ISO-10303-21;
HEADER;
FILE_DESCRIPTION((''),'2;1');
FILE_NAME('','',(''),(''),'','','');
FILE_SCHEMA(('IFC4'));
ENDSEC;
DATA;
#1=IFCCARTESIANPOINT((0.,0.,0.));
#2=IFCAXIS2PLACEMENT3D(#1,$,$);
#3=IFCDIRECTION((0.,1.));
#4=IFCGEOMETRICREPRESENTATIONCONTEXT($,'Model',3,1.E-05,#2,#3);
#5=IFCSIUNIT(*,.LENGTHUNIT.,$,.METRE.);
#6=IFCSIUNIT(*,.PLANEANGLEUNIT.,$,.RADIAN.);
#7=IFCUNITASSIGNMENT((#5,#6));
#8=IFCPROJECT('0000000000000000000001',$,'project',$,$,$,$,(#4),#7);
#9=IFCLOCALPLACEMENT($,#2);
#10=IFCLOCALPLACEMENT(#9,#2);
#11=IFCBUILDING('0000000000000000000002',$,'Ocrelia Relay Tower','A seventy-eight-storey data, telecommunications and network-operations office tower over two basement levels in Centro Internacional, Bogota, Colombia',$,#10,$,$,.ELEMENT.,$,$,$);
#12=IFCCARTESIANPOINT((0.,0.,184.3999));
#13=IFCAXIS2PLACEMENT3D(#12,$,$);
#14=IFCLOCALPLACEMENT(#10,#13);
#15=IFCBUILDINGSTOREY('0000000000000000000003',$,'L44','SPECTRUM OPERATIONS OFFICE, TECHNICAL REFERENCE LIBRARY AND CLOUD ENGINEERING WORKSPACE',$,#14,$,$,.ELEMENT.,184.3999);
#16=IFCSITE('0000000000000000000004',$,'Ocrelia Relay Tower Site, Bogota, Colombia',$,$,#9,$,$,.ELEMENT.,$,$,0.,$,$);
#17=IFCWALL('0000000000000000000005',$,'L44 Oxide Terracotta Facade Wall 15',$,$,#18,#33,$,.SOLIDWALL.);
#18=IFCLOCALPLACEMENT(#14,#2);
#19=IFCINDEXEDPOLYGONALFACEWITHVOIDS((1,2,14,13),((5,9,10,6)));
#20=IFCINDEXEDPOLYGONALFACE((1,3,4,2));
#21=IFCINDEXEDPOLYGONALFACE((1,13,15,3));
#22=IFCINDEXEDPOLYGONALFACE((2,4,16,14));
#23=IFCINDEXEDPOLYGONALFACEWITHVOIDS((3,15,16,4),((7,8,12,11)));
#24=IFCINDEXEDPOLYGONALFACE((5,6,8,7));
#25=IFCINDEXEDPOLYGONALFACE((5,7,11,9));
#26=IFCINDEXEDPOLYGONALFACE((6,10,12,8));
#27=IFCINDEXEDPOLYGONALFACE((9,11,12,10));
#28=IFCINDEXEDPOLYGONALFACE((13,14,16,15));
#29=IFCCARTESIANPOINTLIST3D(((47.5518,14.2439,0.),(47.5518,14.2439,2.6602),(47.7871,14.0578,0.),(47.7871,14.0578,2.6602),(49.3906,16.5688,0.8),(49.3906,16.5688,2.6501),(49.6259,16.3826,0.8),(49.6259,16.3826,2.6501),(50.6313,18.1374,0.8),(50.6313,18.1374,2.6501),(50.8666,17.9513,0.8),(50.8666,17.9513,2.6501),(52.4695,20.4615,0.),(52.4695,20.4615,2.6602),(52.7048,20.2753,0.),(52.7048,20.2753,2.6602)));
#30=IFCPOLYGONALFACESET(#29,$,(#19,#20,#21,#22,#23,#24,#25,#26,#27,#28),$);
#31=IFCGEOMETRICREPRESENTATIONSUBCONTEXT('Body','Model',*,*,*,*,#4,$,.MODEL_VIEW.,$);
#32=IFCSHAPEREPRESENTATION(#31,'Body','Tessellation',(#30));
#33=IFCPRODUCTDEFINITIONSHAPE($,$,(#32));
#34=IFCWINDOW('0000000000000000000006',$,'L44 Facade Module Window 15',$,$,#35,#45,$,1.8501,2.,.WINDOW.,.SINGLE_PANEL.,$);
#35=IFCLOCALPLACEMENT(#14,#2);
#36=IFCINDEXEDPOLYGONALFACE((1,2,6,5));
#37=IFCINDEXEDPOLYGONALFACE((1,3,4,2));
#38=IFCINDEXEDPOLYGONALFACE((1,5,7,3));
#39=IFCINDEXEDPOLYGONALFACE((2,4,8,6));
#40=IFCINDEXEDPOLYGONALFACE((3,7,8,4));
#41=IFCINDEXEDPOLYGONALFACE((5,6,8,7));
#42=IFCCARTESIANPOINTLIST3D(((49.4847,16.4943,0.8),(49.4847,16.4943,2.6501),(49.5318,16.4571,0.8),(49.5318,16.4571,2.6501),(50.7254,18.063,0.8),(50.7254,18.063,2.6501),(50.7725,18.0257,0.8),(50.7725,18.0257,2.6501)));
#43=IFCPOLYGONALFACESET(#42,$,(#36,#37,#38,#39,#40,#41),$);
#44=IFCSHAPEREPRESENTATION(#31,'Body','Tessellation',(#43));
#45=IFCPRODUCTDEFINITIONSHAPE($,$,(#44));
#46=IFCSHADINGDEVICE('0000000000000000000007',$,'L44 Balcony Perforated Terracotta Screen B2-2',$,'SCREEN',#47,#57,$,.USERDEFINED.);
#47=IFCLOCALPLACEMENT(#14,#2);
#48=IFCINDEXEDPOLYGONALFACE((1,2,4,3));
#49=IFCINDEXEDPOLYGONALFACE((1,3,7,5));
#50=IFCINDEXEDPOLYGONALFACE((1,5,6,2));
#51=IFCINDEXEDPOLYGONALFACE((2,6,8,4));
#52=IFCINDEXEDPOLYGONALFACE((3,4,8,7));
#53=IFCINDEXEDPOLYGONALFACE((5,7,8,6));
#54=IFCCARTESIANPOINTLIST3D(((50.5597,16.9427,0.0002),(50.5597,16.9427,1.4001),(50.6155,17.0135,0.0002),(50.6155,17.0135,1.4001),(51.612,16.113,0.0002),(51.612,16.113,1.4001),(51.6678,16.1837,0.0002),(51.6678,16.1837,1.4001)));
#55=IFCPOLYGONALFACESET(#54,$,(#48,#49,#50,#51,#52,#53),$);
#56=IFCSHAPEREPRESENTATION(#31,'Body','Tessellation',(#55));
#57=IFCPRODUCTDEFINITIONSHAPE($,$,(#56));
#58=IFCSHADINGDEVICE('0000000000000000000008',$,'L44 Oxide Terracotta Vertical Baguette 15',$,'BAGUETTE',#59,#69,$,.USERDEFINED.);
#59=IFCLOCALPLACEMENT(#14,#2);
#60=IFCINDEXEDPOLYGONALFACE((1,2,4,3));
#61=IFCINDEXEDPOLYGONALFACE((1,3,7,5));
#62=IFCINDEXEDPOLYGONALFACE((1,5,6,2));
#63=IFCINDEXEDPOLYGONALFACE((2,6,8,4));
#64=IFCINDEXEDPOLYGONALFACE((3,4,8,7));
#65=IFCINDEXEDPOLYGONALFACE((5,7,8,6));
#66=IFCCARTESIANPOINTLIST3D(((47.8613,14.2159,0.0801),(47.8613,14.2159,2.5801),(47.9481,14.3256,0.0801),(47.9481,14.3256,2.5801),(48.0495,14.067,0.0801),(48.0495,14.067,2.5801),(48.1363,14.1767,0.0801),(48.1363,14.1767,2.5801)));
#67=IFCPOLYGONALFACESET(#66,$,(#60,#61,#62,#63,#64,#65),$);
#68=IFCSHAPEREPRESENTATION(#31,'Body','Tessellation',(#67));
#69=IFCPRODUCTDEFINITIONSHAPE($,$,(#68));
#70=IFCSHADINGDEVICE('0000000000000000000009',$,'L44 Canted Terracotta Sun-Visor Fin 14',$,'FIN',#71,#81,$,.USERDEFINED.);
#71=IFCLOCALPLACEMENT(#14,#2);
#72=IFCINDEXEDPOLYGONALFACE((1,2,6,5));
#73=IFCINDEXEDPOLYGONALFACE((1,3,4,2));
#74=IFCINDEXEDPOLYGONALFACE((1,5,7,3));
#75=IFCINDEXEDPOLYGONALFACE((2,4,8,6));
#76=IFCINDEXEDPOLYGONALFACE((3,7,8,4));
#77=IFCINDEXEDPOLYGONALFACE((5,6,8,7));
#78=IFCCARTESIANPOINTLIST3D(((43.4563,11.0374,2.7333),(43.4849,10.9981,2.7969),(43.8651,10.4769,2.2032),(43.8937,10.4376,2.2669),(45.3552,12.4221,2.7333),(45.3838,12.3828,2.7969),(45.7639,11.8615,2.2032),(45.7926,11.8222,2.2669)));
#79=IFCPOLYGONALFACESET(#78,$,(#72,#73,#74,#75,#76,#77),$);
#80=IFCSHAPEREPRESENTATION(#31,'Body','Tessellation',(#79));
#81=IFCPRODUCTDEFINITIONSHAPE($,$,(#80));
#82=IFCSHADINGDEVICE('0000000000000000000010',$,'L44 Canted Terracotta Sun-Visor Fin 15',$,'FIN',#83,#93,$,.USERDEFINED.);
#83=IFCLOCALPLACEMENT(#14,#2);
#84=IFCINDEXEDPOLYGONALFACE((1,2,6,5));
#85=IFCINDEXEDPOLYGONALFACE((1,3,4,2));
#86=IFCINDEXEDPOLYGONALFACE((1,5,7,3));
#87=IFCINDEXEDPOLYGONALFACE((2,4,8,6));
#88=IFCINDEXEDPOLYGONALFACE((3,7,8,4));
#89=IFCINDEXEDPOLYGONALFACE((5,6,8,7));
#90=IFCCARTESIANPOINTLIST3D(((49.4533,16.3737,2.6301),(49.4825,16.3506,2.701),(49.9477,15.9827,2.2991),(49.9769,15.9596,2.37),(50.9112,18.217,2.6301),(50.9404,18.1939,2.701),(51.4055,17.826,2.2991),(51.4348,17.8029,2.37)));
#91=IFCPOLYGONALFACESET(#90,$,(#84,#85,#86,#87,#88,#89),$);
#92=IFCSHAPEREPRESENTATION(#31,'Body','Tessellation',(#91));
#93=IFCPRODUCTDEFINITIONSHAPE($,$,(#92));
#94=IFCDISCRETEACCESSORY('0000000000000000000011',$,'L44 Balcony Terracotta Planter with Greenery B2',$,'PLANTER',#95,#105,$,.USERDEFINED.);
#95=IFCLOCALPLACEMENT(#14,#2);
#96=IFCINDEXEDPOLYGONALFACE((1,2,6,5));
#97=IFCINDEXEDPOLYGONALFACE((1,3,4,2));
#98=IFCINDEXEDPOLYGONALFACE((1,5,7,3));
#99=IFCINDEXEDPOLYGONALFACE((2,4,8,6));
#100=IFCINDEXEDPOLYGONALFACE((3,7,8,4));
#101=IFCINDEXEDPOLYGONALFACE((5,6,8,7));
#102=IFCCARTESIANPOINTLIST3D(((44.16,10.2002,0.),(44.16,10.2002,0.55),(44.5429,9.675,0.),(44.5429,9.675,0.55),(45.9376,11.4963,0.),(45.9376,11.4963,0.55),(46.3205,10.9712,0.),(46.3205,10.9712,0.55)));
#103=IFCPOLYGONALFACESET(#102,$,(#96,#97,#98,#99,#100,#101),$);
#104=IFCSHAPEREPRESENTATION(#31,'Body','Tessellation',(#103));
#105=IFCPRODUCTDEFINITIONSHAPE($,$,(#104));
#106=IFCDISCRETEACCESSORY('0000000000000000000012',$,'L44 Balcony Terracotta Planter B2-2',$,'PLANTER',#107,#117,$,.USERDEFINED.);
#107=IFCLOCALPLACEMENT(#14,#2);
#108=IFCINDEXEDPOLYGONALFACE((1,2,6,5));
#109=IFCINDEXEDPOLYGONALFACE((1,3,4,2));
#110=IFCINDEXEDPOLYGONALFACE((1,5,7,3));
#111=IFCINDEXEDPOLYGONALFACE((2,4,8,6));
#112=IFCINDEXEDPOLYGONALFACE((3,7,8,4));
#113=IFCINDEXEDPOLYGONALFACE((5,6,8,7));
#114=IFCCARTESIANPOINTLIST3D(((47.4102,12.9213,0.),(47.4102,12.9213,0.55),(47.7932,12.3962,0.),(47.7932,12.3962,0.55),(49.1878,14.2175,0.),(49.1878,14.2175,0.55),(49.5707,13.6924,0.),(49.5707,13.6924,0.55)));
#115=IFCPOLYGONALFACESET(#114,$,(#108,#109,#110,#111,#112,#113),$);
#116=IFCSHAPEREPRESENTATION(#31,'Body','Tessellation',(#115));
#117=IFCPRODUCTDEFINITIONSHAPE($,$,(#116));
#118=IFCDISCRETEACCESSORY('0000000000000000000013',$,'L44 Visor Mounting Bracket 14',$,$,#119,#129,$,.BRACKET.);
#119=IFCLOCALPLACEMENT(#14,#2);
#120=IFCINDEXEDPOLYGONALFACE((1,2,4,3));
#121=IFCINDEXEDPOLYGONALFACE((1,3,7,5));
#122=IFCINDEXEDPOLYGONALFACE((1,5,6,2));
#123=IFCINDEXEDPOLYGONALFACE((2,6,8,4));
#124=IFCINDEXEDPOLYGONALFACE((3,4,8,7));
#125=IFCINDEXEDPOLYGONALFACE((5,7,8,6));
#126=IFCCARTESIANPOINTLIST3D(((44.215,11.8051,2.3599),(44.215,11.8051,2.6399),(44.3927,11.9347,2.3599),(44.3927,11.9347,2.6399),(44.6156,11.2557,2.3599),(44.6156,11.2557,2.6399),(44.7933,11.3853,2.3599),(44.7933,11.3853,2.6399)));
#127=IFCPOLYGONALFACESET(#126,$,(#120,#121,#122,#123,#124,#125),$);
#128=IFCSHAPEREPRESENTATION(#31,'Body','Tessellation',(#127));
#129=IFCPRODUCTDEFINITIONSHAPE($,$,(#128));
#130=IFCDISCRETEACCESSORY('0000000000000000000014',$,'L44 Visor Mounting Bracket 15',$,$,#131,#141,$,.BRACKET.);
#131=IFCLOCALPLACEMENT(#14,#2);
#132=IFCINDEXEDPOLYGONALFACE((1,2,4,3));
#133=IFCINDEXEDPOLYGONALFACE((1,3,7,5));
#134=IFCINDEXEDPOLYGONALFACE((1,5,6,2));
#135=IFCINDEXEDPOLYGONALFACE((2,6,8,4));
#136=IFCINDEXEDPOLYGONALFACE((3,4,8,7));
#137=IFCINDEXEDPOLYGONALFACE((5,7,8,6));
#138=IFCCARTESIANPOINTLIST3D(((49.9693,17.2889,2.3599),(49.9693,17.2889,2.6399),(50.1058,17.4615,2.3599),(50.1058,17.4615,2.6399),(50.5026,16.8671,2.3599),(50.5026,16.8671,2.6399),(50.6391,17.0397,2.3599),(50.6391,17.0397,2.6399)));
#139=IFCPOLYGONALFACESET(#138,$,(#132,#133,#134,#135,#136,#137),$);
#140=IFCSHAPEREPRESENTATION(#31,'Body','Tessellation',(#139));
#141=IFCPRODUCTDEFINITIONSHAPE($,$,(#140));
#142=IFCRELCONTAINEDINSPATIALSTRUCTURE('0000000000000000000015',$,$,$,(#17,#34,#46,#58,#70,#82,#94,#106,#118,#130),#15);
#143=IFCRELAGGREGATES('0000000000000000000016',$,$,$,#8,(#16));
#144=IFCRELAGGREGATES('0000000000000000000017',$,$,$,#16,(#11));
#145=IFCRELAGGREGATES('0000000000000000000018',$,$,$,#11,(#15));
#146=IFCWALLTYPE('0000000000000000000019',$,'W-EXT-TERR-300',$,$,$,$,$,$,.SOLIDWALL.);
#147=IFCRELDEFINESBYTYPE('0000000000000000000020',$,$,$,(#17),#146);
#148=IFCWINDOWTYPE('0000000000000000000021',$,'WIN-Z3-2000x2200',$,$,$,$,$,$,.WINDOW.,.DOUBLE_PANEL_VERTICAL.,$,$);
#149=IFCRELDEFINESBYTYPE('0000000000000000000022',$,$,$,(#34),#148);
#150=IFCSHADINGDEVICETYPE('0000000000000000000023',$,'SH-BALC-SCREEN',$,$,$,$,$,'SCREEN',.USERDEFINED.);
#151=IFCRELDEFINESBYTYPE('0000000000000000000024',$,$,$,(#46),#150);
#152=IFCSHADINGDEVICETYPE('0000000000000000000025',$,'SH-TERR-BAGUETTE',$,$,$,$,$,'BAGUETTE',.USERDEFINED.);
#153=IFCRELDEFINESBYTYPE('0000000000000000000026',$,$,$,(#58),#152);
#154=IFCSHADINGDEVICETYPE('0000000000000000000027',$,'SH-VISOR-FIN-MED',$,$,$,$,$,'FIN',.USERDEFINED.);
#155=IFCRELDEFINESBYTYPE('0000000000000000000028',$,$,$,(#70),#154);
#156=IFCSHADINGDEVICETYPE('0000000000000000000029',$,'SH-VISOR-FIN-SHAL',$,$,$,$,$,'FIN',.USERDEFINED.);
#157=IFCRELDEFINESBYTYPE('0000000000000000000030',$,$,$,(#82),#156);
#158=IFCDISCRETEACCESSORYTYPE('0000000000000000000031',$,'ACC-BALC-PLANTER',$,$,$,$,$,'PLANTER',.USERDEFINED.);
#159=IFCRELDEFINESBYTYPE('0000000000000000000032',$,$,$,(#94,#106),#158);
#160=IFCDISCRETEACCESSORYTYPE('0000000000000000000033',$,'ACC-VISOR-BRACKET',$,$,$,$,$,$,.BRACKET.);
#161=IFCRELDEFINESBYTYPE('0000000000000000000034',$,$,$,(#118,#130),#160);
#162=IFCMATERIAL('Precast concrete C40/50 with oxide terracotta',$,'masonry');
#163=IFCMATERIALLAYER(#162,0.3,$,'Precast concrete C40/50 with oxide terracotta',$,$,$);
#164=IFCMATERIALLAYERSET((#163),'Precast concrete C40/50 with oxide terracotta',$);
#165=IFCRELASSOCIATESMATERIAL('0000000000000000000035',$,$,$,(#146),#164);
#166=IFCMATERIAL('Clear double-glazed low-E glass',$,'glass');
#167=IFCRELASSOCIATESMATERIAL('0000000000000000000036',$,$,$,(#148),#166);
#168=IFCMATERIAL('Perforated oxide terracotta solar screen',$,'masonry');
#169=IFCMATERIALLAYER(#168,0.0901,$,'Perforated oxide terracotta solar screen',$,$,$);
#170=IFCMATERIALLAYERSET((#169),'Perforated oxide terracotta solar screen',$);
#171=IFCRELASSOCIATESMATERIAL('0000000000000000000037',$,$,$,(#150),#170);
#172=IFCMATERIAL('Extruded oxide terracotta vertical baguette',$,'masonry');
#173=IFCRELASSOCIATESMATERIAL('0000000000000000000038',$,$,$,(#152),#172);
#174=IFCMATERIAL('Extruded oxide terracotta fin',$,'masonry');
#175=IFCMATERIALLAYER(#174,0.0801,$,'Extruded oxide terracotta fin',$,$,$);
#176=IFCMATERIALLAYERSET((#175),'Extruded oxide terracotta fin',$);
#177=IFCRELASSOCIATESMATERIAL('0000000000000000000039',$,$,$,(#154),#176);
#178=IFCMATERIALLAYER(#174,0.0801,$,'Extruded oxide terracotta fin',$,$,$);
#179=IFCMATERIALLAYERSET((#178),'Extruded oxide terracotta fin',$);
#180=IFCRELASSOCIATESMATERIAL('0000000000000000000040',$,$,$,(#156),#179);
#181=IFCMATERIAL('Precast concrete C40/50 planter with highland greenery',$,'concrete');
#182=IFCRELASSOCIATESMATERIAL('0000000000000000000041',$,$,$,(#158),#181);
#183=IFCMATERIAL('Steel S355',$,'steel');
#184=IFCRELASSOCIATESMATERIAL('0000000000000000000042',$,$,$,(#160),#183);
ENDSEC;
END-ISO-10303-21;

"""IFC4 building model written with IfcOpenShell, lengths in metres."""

from ifc_helpers import new_model, si_unit, direction, frame, frame_2d, origin, origin_2d, place, context, subcontext, project, spatial, rectangle, extrude, material, layer, layer_set, type_object, element, fill, save


model = new_model("IFC4")

# Units and contexts
model_context = context("Model", 3, precision=1e-05, world=origin(), true_north=direction((0.0, 1.0)))
body_context = subcontext(model_context, "Body", "Model", "MODEL_VIEW")
ifc_project = project(units=[si_unit("LENGTHUNIT", "METRE"), si_unit("PLANEANGLEUNIT", "RADIAN")], contexts=[model_context])

# Site, building, storey
site_placement = place(None, origin())
site = spatial("IfcSite", under=ifc_project, at=site_placement, Name="Ocrelia Relay Tower Site, Bogota, Colombia", CompositionType="ELEMENT", RefElevation=0.0)
building_placement = place(site_placement, origin())
building = spatial("IfcBuilding", under=site, at=building_placement, Name="Ocrelia Relay Tower", Description="A seventy-eight-storey data, telecommunications and network-operations office tower over two basement levels in Centro Internacional, Bogota, Colombia", CompositionType="ELEMENT")
storey_placement = place(building_placement, frame((0.0, 0.0, 184.3999)))
storey = spatial("IfcBuildingStorey", under=building, at=storey_placement, Name="L44", Description="SPECTRUM OPERATIONS OFFICE, TECHNICAL REFERENCE LIBRARY AND CLOUD ENGINEERING WORKSPACE", CompositionType="ELEMENT", Elevation=184.3999)

# Shared definitions
ifc_material_1 = material(Name="Steel S355", Category="steel")

# Wall, opening, window
ifc_material_2 = material(Name="Precast concrete C40/50 with oxide terracotta", Category="masonry")
ifc_layer_1 = layer(ifc_material_2, 0.3, Name="Precast concrete C40/50 with oxide terracotta")
ifc_layer_set_1 = layer_set([ifc_layer_1], Name="Precast concrete C40/50 with oxide terracotta")
wall_type_1 = type_object("IfcWallType", Name="W-EXT-TERR-300", PredefinedType="SOLIDWALL", material=ifc_layer_set_1)
wall_1_placement = place(storey_placement, frame((47.6694, 14.1509, 0.0), z_axis=(0.0, 0.0, 1.0), x_axis=(0.620355, 0.784321, 0.0)))
wall_1 = element("IfcWall", 1, at=wall_1_placement, inside=storey, type_object=wall_type_1, Name="L44 Oxide Terracotta Facade Wall 15", PredefinedType="SOLIDWALL", context=body_context, shape_type="SweptSolid", body=[
    extrude(rectangle(XDim=7.9272, YDim=0.3, at=frame_2d((3.9636, 0.0))), origin(), (0.0, 0.0, 1.0), 2.6602),
])
opening_placement = place(wall_1_placement, frame((2.9641, 0.0, 0.8)))
opening = element("IfcOpeningElement", 2, at=opening_placement, cuts=wall_1, PredefinedType="OPENING", context=body_context, shape_type="SweptSolid", body=[
    extrude(rectangle(XDim=2.0, YDim=1.8501, at=frame_2d((1.0, 0.925))), frame((0.0, 0.1602, 0.0), z_axis=(0.0, -1.0, 0.0), x_axis=(1.0, 0.0, 0.0)), (0.0, 0.0, 1.0), 0.3201),
])
ifc_material_3 = material(Name="Clear double-glazed low-E glass", Category="glass")
window_type = type_object("IfcWindowType", Name="WIN-Z3-2000x2200", PartitioningType="DOUBLE_PANEL_VERTICAL", PredefinedType="WINDOW", material=ifc_material_3)
window_placement = place(opening_placement, origin())
window = element("IfcWindow", 3, at=window_placement, inside=storey, type_object=window_type, Name="L44 Facade Module Window 15", OverallHeight=1.8501, OverallWidth=2.0, PartitioningType="SINGLE_PANEL", PredefinedType="WINDOW", context=body_context, shape_type="SweptSolid", body=[
    extrude(rectangle(XDim=2.0, YDim=1.8501, at=frame_2d((1.0, 0.925))), frame((0.0, 0.03, 0.0), z_axis=(0.0, -1.0, 0.0), x_axis=(1.0, 0.0, 0.0)), (0.0, 0.0, 1.0), 0.0601),
])
fill(opening, window)

# Shading devices
ifc_material_4 = material(Name="Perforated oxide terracotta solar screen", Category="masonry")
ifc_layer_2 = layer(ifc_material_4, 0.0901, Name="Perforated oxide terracotta solar screen")
ifc_layer_set_2 = layer_set([ifc_layer_2], Name="Perforated oxide terracotta solar screen")
shading_device_type_1 = type_object("IfcShadingDeviceType", Name="SH-BALC-SCREEN", ElementType="SCREEN", PredefinedType="USERDEFINED", material=ifc_layer_set_2)
shading_device_1_placement = place(storey_placement, frame((51.1138, 16.5632, 0.0002), z_axis=(0.0, 0.0, 1.0), x_axis=(0.785274, -0.619149, 0.0)))
element("IfcShadingDevice", 4, at=shading_device_1_placement, inside=storey, type_object=shading_device_type_1, Name="L44 Balcony Perforated Terracotta Screen B2-2", ObjectType="SCREEN", PredefinedType="USERDEFINED", context=body_context, shape_type="SweptSolid", body=[
    extrude(rectangle(XDim=1.3401, YDim=0.0901, at=origin_2d()), origin(), (0.0, 0.0, 1.0), 1.3999),
])
ifc_material_5 = material(Name="Extruded oxide terracotta vertical baguette", Category="masonry")
shading_device_type_2 = type_object("IfcShadingDeviceType", Name="SH-TERR-BAGUETTE", ElementType="BAGUETTE", PredefinedType="USERDEFINED", material=ifc_material_5)
shading_device_2_placement = place(storey_placement, frame((47.9988, 14.1963, 0.0801), z_axis=(0.0, 0.0, 1.0), x_axis=(0.620347, 0.784327, 0.0)))
element("IfcShadingDevice", 5, at=shading_device_2_placement, inside=storey, type_object=shading_device_type_2, Name="L44 Oxide Terracotta Vertical Baguette 15", ObjectType="BAGUETTE", PredefinedType="USERDEFINED", context=body_context, shape_type="SweptSolid", body=[
    extrude(rectangle(XDim=0.1399, YDim=0.24, at=origin_2d()), origin(), (0.0, 0.0, 1.0), 2.5),
])
ifc_material_6 = material(Name="Extruded oxide terracotta fin", Category="masonry")
ifc_layer_3 = layer(ifc_material_6, 0.0801, Name="Extruded oxide terracotta fin")
ifc_layer_set_3 = layer_set([ifc_layer_3], Name="Extruded oxide terracotta fin")
shading_device_type_3 = type_object("IfcShadingDeviceType", Name="SH-VISOR-FIN-MED", ElementType="FIN", PredefinedType="USERDEFINED", material=ifc_layer_set_3)
shading_device_3_placement = place(storey_placement, frame((44.6101, 11.4495, 2.4683), z_axis=(0.357699, -0.49053, 0.794627), x_axis=(0.807992, 0.589194, 0.0)))
element("IfcShadingDevice", 6, at=shading_device_3_placement, inside=storey, type_object=shading_device_type_3, Name="L44 Canted Terracotta Sun-Visor Fin 14", ObjectType="FIN", PredefinedType="USERDEFINED", context=body_context, shape_type="SweptSolid", body=[
    extrude(rectangle(XDim=2.3501, YDim=0.873, at=origin_2d()), origin(), (0.0, 0.0, 1.0), 0.0801),
])
ifc_layer_4 = layer(ifc_material_6, 0.0801, Name="Extruded oxide terracotta fin")
ifc_layer_set_4 = layer_set([ifc_layer_4], Name="Extruded oxide terracotta fin")
shading_device_type_4 = type_object("IfcShadingDeviceType", Name="SH-VISOR-FIN-SHAL", ElementType="FIN", PredefinedType="USERDEFINED", material=ifc_layer_set_4)
shading_device_4_placement = place(storey_placement, frame((50.4294, 17.0999, 2.4646), z_axis=(0.36471, -0.288459, 0.885312), x_axis=(0.620347, 0.784327, 0.0)))
element("IfcShadingDevice", 7, at=shading_device_4_placement, inside=storey, type_object=shading_device_type_4, Name="L44 Canted Terracotta Sun-Visor Fin 15", ObjectType="FIN", PredefinedType="USERDEFINED", context=body_context, shape_type="SweptSolid", body=[
    extrude(rectangle(XDim=2.3501, YDim=0.7119, at=origin_2d()), origin(), (0.0, 0.0, 1.0), 0.0801),
])

# Discrete accessories
ifc_material_7 = material(Name="Precast concrete C40/50 planter with highland greenery", Category="concrete")
discrete_accessory_type_1 = type_object("IfcDiscreteAccessoryType", Name="ACC-BALC-PLANTER", ElementType="PLANTER", PredefinedType="USERDEFINED", material=ifc_material_7)
for number, where, z_axis, x_axis, name in (
    (8, (45.2402, 10.5857, 0.0), (0.0, 0.0, 1.0), (-0.807994, -0.58919, 0.0), "L44 Balcony Terracotta Planter with Greenery B2"),
    (9, (48.4905, 13.3069, 0.0), (0.0, 0.0, 1.0), (-0.807994, -0.58919, 0.0), "L44 Balcony Terracotta Planter B2-2"),
):
    element("IfcDiscreteAccessory", number, at=place(storey_placement, frame(where, z_axis=z_axis, x_axis=x_axis)), inside=storey, type_object=discrete_accessory_type_1, Name=name, ObjectType="PLANTER", PredefinedType="USERDEFINED", context=body_context, shape_type="SweptSolid", body=[
        extrude(rectangle(XDim=2.2, YDim=0.6499, at=origin_2d()), origin(), (0.0, 0.0, 1.0), 0.55),
    ])
discrete_accessory_type_2 = type_object("IfcDiscreteAccessoryType", Name="ACC-VISOR-BRACKET", PredefinedType="BRACKET", material=ifc_material_1)
for number, where, z_axis, x_axis, name in (
    (10, (44.5042, 11.5952, 2.3599), (0.0, 0.0, 1.0), (0.807992, 0.589194, 0.0), "L44 Visor Mounting Bracket 14"),
    (11, (50.3042, 17.1643, 2.3599), (0.0, 0.0, 1.0), (0.620347, 0.784327, 0.0), "L44 Visor Mounting Bracket 15"),
):
    element("IfcDiscreteAccessory", number, at=place(storey_placement, frame(where, z_axis=z_axis, x_axis=x_axis)), inside=storey, type_object=discrete_accessory_type_2, Name=name, PredefinedType="BRACKET", context=body_context, shape_type="SweptSolid", body=[
        extrude(rectangle(XDim=0.22, YDim=0.6799, at=origin_2d()), origin(), (0.0, 0.0, 1.0), 0.28),
    ])

save(model, "model.ifc")
